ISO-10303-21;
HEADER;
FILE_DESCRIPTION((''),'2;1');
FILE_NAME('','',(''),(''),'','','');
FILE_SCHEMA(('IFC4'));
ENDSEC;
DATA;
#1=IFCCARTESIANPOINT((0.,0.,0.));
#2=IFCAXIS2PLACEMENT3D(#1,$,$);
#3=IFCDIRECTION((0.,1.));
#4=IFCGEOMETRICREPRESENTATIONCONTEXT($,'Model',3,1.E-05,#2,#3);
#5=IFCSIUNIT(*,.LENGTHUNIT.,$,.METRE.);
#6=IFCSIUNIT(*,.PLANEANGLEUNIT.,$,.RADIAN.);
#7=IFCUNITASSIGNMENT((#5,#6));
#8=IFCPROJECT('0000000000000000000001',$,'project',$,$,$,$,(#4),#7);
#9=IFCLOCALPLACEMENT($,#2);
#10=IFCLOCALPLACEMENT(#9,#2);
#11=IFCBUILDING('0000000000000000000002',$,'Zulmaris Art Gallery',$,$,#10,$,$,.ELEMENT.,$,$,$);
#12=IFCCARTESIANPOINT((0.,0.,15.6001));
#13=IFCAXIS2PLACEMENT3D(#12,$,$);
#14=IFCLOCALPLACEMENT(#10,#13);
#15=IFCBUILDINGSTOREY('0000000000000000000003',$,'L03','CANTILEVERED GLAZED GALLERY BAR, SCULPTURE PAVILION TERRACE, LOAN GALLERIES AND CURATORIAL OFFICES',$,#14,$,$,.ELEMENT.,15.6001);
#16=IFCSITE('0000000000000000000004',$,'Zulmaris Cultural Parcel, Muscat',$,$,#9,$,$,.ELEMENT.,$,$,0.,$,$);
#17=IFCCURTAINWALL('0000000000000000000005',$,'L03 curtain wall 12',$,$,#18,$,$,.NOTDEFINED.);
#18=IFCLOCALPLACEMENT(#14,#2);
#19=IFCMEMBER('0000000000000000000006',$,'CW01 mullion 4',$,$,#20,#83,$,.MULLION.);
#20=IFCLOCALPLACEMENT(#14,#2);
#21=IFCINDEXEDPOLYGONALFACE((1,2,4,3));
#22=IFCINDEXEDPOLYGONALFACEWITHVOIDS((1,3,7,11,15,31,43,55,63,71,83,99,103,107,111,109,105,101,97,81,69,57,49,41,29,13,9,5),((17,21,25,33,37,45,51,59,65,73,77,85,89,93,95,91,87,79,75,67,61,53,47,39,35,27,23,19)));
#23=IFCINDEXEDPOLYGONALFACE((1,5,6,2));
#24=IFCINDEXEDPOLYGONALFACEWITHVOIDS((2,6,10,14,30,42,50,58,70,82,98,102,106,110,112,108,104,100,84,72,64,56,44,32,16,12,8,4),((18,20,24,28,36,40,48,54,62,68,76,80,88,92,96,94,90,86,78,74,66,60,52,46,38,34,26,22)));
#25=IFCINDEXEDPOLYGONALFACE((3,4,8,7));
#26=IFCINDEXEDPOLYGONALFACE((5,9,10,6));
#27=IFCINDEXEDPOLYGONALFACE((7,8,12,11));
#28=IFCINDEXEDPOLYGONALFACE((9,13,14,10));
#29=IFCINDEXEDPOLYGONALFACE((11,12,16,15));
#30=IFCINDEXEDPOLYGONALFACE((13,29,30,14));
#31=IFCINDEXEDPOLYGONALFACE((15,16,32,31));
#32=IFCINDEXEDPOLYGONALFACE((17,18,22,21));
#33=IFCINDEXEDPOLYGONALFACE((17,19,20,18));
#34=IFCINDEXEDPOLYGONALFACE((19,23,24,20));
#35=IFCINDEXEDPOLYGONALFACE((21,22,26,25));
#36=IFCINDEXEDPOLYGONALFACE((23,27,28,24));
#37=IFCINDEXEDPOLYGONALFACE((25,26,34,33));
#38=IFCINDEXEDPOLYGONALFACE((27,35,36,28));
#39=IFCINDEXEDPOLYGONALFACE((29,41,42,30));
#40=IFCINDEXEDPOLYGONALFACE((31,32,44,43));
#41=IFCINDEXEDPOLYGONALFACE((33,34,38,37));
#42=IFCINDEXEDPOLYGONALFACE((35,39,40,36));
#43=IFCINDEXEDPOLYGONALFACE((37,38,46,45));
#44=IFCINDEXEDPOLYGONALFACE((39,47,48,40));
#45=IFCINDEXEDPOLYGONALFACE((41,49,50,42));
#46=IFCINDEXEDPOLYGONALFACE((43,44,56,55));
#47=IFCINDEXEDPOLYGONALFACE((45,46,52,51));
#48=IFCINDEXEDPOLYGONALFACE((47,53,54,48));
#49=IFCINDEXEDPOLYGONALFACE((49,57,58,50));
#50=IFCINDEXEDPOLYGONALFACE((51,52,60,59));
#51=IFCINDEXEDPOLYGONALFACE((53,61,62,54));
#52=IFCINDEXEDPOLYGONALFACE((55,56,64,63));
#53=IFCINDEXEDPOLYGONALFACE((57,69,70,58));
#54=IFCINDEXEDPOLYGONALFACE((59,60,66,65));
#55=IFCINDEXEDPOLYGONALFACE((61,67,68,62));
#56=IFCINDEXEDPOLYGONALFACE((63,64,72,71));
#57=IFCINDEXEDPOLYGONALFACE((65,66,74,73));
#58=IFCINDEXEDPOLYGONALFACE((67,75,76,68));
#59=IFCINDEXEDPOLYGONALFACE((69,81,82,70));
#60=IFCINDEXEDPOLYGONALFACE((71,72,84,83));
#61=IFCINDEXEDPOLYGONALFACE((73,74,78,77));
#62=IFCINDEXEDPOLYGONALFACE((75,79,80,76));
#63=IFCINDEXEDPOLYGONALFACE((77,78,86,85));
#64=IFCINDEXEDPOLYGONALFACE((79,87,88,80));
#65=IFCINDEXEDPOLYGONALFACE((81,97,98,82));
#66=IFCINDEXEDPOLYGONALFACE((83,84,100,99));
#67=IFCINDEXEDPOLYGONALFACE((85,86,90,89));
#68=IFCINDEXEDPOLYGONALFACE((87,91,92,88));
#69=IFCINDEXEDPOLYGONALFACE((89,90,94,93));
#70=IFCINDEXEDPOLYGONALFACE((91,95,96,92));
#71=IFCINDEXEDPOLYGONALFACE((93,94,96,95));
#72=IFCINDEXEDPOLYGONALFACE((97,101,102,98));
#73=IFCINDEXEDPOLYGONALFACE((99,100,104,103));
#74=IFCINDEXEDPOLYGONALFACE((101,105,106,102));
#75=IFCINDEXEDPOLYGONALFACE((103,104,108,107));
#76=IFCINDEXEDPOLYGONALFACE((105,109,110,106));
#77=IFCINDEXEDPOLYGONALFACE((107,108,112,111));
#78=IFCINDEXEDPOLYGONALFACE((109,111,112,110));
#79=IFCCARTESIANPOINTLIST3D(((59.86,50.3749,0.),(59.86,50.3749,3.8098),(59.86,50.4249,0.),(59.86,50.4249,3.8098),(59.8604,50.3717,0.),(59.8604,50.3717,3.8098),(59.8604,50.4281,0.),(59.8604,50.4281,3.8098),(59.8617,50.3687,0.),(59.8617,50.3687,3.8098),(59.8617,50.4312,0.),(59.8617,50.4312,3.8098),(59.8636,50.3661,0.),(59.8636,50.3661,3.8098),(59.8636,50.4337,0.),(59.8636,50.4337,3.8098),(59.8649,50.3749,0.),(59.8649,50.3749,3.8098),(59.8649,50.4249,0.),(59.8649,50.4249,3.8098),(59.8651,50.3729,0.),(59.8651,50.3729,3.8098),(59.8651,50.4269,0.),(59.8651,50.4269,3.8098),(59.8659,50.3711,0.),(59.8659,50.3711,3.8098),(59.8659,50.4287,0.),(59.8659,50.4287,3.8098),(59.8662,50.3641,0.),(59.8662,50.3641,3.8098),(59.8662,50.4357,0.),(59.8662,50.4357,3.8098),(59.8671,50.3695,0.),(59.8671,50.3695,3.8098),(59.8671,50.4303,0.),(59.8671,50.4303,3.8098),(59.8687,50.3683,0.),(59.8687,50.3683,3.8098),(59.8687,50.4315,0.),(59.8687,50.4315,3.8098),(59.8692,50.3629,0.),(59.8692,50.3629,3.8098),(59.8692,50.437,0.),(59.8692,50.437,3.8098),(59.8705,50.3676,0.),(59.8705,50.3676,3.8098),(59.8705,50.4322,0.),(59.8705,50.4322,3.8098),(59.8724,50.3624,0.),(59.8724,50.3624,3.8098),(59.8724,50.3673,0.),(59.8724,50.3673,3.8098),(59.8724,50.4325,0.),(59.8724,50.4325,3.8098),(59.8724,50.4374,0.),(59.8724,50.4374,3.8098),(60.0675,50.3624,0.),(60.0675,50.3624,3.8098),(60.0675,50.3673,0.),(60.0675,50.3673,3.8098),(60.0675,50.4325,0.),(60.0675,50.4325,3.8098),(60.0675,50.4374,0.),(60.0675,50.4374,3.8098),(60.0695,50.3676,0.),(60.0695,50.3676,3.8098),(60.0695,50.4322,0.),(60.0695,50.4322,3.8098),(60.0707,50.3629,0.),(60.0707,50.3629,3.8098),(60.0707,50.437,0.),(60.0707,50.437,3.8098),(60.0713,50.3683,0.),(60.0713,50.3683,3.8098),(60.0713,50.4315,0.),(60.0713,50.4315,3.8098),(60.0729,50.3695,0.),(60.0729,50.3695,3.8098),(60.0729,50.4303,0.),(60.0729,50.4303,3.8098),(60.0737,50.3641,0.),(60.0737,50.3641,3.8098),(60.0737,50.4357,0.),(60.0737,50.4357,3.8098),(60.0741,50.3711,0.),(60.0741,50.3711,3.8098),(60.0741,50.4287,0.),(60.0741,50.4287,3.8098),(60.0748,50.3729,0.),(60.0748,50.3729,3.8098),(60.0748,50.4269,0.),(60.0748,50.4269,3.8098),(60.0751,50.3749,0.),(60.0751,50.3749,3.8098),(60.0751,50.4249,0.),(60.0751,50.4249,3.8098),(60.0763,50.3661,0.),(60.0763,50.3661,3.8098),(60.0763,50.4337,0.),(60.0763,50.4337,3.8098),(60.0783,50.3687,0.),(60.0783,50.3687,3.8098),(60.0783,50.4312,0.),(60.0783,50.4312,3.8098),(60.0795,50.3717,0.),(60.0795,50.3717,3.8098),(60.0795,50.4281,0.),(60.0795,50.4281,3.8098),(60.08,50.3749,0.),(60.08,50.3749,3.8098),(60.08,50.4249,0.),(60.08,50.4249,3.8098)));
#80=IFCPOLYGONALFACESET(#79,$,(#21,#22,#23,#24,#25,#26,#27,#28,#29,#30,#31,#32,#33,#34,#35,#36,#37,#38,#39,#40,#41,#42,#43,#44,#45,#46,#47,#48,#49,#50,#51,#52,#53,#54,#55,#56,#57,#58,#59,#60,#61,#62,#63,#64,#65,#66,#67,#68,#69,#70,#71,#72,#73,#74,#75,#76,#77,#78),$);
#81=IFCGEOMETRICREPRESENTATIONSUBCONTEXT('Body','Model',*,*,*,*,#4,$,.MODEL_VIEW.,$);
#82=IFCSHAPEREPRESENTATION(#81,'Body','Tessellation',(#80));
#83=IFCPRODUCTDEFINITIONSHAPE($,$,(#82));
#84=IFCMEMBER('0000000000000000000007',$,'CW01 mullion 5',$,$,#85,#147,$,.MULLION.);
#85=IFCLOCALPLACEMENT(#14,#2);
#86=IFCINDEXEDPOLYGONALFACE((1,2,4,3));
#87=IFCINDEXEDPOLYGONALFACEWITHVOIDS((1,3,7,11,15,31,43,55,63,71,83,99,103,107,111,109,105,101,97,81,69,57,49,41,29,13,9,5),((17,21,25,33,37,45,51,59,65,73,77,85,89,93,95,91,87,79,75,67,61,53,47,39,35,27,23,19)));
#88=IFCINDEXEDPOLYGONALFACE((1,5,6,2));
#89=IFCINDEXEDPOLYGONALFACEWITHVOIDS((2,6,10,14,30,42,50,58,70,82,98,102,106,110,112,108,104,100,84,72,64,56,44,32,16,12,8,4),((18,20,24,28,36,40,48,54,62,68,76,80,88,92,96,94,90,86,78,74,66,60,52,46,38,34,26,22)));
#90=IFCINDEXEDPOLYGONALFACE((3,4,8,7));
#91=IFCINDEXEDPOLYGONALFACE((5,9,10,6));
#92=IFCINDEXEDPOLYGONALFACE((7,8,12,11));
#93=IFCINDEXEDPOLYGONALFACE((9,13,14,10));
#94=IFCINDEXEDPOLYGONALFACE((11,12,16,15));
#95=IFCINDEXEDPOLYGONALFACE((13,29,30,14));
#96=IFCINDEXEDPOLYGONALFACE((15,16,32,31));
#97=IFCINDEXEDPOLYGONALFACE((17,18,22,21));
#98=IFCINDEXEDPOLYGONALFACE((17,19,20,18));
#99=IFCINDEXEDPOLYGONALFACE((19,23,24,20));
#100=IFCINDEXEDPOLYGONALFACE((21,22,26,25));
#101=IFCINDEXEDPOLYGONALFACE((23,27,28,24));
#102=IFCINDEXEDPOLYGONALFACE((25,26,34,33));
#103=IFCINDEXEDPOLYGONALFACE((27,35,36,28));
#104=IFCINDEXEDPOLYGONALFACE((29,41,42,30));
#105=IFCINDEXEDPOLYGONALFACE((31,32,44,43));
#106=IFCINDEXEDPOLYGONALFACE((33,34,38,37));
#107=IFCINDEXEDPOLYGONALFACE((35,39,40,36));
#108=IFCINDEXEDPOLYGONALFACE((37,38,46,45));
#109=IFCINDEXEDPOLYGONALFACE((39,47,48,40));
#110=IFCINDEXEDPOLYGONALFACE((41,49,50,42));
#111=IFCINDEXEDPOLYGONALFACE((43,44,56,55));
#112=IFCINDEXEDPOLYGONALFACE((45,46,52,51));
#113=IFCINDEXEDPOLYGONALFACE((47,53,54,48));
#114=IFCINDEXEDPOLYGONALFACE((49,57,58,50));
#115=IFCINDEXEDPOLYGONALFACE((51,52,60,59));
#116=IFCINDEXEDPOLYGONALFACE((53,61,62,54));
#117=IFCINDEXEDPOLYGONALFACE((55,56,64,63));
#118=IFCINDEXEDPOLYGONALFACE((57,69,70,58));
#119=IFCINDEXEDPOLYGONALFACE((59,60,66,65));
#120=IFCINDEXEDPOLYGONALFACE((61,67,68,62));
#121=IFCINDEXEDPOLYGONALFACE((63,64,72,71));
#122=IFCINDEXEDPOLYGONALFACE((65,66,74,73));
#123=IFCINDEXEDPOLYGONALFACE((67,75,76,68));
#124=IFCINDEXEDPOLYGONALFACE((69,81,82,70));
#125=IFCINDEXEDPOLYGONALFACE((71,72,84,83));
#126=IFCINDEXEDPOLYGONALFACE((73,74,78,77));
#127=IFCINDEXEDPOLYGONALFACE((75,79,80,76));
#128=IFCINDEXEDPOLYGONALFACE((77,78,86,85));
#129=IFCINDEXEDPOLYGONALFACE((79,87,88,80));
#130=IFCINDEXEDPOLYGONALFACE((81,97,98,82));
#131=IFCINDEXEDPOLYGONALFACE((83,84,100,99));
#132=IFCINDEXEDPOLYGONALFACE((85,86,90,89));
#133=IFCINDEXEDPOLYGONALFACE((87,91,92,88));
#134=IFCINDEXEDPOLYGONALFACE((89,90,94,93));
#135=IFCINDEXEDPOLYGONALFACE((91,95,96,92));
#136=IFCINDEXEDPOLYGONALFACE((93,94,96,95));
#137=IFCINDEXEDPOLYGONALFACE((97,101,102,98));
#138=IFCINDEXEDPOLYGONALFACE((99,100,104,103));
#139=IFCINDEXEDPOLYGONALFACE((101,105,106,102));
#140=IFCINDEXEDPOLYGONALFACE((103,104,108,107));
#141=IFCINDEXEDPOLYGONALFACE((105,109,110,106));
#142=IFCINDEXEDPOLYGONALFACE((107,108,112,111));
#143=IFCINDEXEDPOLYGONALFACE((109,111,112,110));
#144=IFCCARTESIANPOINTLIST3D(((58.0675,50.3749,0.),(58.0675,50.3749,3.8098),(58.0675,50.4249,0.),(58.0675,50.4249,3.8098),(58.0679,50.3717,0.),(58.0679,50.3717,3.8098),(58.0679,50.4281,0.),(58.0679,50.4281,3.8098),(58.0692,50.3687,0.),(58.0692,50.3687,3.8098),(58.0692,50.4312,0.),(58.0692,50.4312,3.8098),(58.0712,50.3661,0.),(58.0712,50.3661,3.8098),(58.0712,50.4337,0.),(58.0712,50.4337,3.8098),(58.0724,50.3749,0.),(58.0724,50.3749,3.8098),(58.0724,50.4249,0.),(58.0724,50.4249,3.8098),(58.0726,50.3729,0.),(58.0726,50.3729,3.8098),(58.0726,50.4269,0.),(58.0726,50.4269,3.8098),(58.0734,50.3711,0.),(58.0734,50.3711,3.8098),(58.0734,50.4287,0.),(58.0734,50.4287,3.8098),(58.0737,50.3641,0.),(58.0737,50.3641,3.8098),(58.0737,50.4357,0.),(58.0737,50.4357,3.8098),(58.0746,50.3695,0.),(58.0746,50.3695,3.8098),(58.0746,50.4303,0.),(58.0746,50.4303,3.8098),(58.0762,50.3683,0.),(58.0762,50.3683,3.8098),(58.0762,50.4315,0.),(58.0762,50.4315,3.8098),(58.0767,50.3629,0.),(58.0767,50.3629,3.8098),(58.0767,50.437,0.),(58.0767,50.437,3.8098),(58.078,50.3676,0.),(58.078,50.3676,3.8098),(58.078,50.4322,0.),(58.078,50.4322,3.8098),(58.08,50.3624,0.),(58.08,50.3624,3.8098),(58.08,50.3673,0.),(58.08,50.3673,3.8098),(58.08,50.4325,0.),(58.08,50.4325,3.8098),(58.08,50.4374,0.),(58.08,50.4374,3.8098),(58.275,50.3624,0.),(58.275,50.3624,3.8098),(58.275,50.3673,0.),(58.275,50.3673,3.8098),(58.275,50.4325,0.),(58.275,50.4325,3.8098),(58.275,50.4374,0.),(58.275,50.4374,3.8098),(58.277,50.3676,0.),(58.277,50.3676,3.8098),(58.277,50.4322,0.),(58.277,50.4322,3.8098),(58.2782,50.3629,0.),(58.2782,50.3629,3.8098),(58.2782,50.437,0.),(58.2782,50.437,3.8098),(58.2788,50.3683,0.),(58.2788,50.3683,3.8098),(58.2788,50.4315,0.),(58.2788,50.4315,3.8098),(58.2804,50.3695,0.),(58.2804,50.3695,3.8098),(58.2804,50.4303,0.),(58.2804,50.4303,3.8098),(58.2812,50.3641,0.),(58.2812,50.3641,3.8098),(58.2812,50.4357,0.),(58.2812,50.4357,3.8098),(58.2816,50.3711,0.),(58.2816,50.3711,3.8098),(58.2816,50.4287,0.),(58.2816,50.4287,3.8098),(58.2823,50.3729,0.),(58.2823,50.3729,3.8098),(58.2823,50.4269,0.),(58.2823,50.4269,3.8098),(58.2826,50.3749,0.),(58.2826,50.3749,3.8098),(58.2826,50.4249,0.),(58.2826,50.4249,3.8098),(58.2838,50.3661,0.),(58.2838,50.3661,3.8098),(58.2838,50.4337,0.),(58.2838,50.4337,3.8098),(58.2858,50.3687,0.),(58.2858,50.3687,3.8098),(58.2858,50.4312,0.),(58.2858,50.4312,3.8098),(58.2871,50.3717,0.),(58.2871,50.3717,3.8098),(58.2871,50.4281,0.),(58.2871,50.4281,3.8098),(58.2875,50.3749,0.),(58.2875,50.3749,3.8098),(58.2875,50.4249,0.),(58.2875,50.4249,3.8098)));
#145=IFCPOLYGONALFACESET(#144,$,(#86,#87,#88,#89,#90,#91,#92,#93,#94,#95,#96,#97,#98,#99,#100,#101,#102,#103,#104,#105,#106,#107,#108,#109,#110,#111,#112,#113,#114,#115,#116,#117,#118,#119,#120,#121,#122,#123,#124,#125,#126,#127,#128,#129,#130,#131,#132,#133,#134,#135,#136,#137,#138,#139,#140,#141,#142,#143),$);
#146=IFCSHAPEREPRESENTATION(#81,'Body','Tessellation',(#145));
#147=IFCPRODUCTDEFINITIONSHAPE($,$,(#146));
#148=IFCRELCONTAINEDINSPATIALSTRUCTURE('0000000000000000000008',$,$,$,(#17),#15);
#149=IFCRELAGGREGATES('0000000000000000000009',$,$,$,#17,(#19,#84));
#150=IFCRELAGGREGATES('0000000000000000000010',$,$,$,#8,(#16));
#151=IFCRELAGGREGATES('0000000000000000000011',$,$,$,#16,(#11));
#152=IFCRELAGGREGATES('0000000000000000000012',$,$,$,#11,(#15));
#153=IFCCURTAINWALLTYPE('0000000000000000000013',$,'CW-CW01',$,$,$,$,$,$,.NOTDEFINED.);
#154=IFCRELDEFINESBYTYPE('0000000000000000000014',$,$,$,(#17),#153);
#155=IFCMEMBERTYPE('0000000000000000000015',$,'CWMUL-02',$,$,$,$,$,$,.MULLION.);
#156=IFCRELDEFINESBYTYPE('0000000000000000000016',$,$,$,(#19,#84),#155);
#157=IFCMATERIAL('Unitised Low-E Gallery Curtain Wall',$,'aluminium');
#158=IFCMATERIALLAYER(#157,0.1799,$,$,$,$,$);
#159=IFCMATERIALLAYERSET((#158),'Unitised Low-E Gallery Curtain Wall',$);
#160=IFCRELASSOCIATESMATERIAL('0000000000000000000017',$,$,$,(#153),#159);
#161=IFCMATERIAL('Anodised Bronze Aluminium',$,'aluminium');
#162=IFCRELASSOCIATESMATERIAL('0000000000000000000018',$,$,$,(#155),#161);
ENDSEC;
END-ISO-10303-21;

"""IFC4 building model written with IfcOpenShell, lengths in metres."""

from ifc_helpers import new_model, si_unit, direction, frame, origin, origin_2d, place, context, subcontext, project, spatial, hollow_rectangle, extrude, material, layer, layer_set, material_profile, profile_set, type_object, element, aggregate, save


model = new_model("IFC4")

# Units and contexts
model_context = context("Model", 3, precision=1e-05, world=origin(), true_north=direction((0.0, 1.0)))
body_context = subcontext(model_context, "Body", "Model", "MODEL_VIEW")
ifc_project = project(units=[si_unit("LENGTHUNIT", "METRE"), si_unit("PLANEANGLEUNIT", "RADIAN")], contexts=[model_context])

# Site, building, storey
site_placement = place(None, origin())
site = spatial("IfcSite", under=ifc_project, at=site_placement, Name="Zulmaris Cultural Parcel, Muscat", CompositionType="ELEMENT", RefElevation=0.0)
building_placement = place(site_placement, origin())
building = spatial("IfcBuilding", under=site, at=building_placement, Name="Zulmaris Art Gallery", CompositionType="ELEMENT")
storey_placement = place(building_placement, frame((0.0, 0.0, 15.6001)))
storey = spatial("IfcBuildingStorey", under=building, at=storey_placement, Name="L03", Description="CANTILEVERED GLAZED GALLERY BAR, SCULPTURE PAVILION TERRACE, LOAN GALLERIES AND CURATORIAL OFFICES", CompositionType="ELEMENT", Elevation=15.6001)

# Curtain wall, members
ifc_material_1 = material(Name="Unitised Low-E Gallery Curtain Wall", Category="aluminium")
ifc_layer_1 = layer(ifc_material_1, 0.1799)
ifc_layer_set_1 = layer_set([ifc_layer_1], Name="Unitised Low-E Gallery Curtain Wall")
curtain_wall_type = type_object("IfcCurtainWallType", Name="CW-CW01", PredefinedType="NOTDEFINED", material=ifc_layer_set_1)
ifc_material_2 = material(Name="Anodised Bronze Aluminium", Category="aluminium")
ifc_material_profile_1 = material_profile(ifc_material_2, hollow_rectangle(XDim=0.075, YDim=0.22, WallThickness=0.0049, InnerFilletRadius=0.0076, OuterFilletRadius=0.0125, at=origin_2d()), Name="ALU 75x220x5")
ifc_profile_set_1 = profile_set([ifc_material_profile_1], Name="Anodised Bronze Aluminium")
member_type_1 = type_object("IfcMemberType", Name="CWMUL-02", PredefinedType="MULLION", material=ifc_profile_set_1)
curtain_wall_1_placement = place(storey_placement, origin())
curtain_wall_1 = element("IfcCurtainWall", 1, at=curtain_wall_1_placement, inside=storey, type_object=curtain_wall_type, Name="L03 curtain wall 12", PredefinedType="NOTDEFINED")
member_1_placement = place(storey_placement, frame((59.97, 50.3999, 0.0), z_axis=(0.0, 0.0, 1.0), x_axis=(0.0, -1.0, 0.0)))
member_1 = element("IfcMember", 2, at=member_1_placement, type_object=member_type_1, Name="CW01 mullion 4", PredefinedType="MULLION", context=body_context, shape_type="SweptSolid", body=[
    extrude(hollow_rectangle(XDim=0.075, YDim=0.22, WallThickness=0.0049, InnerFilletRadius=0.0076, OuterFilletRadius=0.0125, at=origin_2d()), origin(), (0.0, 0.0, 1.0), 3.8098),
])
member_2_placement = place(storey_placement, frame((58.1775, 50.3999, 0.0), z_axis=(0.0, 0.0, 1.0), x_axis=(0.0, -1.0, 0.0)))
member_2 = element("IfcMember", 3, at=member_2_placement, type_object=member_type_1, Name="CW01 mullion 5", PredefinedType="MULLION", context=body_context, shape_type="SweptSolid", body=[
    extrude(hollow_rectangle(XDim=0.075, YDim=0.22, WallThickness=0.0049, InnerFilletRadius=0.0076, OuterFilletRadius=0.0125, at=origin_2d()), origin(), (0.0, 0.0, 1.0), 3.8098),
])

aggregate(curtain_wall_1, [member_1, member_2])

save(model, "model.ifc")
